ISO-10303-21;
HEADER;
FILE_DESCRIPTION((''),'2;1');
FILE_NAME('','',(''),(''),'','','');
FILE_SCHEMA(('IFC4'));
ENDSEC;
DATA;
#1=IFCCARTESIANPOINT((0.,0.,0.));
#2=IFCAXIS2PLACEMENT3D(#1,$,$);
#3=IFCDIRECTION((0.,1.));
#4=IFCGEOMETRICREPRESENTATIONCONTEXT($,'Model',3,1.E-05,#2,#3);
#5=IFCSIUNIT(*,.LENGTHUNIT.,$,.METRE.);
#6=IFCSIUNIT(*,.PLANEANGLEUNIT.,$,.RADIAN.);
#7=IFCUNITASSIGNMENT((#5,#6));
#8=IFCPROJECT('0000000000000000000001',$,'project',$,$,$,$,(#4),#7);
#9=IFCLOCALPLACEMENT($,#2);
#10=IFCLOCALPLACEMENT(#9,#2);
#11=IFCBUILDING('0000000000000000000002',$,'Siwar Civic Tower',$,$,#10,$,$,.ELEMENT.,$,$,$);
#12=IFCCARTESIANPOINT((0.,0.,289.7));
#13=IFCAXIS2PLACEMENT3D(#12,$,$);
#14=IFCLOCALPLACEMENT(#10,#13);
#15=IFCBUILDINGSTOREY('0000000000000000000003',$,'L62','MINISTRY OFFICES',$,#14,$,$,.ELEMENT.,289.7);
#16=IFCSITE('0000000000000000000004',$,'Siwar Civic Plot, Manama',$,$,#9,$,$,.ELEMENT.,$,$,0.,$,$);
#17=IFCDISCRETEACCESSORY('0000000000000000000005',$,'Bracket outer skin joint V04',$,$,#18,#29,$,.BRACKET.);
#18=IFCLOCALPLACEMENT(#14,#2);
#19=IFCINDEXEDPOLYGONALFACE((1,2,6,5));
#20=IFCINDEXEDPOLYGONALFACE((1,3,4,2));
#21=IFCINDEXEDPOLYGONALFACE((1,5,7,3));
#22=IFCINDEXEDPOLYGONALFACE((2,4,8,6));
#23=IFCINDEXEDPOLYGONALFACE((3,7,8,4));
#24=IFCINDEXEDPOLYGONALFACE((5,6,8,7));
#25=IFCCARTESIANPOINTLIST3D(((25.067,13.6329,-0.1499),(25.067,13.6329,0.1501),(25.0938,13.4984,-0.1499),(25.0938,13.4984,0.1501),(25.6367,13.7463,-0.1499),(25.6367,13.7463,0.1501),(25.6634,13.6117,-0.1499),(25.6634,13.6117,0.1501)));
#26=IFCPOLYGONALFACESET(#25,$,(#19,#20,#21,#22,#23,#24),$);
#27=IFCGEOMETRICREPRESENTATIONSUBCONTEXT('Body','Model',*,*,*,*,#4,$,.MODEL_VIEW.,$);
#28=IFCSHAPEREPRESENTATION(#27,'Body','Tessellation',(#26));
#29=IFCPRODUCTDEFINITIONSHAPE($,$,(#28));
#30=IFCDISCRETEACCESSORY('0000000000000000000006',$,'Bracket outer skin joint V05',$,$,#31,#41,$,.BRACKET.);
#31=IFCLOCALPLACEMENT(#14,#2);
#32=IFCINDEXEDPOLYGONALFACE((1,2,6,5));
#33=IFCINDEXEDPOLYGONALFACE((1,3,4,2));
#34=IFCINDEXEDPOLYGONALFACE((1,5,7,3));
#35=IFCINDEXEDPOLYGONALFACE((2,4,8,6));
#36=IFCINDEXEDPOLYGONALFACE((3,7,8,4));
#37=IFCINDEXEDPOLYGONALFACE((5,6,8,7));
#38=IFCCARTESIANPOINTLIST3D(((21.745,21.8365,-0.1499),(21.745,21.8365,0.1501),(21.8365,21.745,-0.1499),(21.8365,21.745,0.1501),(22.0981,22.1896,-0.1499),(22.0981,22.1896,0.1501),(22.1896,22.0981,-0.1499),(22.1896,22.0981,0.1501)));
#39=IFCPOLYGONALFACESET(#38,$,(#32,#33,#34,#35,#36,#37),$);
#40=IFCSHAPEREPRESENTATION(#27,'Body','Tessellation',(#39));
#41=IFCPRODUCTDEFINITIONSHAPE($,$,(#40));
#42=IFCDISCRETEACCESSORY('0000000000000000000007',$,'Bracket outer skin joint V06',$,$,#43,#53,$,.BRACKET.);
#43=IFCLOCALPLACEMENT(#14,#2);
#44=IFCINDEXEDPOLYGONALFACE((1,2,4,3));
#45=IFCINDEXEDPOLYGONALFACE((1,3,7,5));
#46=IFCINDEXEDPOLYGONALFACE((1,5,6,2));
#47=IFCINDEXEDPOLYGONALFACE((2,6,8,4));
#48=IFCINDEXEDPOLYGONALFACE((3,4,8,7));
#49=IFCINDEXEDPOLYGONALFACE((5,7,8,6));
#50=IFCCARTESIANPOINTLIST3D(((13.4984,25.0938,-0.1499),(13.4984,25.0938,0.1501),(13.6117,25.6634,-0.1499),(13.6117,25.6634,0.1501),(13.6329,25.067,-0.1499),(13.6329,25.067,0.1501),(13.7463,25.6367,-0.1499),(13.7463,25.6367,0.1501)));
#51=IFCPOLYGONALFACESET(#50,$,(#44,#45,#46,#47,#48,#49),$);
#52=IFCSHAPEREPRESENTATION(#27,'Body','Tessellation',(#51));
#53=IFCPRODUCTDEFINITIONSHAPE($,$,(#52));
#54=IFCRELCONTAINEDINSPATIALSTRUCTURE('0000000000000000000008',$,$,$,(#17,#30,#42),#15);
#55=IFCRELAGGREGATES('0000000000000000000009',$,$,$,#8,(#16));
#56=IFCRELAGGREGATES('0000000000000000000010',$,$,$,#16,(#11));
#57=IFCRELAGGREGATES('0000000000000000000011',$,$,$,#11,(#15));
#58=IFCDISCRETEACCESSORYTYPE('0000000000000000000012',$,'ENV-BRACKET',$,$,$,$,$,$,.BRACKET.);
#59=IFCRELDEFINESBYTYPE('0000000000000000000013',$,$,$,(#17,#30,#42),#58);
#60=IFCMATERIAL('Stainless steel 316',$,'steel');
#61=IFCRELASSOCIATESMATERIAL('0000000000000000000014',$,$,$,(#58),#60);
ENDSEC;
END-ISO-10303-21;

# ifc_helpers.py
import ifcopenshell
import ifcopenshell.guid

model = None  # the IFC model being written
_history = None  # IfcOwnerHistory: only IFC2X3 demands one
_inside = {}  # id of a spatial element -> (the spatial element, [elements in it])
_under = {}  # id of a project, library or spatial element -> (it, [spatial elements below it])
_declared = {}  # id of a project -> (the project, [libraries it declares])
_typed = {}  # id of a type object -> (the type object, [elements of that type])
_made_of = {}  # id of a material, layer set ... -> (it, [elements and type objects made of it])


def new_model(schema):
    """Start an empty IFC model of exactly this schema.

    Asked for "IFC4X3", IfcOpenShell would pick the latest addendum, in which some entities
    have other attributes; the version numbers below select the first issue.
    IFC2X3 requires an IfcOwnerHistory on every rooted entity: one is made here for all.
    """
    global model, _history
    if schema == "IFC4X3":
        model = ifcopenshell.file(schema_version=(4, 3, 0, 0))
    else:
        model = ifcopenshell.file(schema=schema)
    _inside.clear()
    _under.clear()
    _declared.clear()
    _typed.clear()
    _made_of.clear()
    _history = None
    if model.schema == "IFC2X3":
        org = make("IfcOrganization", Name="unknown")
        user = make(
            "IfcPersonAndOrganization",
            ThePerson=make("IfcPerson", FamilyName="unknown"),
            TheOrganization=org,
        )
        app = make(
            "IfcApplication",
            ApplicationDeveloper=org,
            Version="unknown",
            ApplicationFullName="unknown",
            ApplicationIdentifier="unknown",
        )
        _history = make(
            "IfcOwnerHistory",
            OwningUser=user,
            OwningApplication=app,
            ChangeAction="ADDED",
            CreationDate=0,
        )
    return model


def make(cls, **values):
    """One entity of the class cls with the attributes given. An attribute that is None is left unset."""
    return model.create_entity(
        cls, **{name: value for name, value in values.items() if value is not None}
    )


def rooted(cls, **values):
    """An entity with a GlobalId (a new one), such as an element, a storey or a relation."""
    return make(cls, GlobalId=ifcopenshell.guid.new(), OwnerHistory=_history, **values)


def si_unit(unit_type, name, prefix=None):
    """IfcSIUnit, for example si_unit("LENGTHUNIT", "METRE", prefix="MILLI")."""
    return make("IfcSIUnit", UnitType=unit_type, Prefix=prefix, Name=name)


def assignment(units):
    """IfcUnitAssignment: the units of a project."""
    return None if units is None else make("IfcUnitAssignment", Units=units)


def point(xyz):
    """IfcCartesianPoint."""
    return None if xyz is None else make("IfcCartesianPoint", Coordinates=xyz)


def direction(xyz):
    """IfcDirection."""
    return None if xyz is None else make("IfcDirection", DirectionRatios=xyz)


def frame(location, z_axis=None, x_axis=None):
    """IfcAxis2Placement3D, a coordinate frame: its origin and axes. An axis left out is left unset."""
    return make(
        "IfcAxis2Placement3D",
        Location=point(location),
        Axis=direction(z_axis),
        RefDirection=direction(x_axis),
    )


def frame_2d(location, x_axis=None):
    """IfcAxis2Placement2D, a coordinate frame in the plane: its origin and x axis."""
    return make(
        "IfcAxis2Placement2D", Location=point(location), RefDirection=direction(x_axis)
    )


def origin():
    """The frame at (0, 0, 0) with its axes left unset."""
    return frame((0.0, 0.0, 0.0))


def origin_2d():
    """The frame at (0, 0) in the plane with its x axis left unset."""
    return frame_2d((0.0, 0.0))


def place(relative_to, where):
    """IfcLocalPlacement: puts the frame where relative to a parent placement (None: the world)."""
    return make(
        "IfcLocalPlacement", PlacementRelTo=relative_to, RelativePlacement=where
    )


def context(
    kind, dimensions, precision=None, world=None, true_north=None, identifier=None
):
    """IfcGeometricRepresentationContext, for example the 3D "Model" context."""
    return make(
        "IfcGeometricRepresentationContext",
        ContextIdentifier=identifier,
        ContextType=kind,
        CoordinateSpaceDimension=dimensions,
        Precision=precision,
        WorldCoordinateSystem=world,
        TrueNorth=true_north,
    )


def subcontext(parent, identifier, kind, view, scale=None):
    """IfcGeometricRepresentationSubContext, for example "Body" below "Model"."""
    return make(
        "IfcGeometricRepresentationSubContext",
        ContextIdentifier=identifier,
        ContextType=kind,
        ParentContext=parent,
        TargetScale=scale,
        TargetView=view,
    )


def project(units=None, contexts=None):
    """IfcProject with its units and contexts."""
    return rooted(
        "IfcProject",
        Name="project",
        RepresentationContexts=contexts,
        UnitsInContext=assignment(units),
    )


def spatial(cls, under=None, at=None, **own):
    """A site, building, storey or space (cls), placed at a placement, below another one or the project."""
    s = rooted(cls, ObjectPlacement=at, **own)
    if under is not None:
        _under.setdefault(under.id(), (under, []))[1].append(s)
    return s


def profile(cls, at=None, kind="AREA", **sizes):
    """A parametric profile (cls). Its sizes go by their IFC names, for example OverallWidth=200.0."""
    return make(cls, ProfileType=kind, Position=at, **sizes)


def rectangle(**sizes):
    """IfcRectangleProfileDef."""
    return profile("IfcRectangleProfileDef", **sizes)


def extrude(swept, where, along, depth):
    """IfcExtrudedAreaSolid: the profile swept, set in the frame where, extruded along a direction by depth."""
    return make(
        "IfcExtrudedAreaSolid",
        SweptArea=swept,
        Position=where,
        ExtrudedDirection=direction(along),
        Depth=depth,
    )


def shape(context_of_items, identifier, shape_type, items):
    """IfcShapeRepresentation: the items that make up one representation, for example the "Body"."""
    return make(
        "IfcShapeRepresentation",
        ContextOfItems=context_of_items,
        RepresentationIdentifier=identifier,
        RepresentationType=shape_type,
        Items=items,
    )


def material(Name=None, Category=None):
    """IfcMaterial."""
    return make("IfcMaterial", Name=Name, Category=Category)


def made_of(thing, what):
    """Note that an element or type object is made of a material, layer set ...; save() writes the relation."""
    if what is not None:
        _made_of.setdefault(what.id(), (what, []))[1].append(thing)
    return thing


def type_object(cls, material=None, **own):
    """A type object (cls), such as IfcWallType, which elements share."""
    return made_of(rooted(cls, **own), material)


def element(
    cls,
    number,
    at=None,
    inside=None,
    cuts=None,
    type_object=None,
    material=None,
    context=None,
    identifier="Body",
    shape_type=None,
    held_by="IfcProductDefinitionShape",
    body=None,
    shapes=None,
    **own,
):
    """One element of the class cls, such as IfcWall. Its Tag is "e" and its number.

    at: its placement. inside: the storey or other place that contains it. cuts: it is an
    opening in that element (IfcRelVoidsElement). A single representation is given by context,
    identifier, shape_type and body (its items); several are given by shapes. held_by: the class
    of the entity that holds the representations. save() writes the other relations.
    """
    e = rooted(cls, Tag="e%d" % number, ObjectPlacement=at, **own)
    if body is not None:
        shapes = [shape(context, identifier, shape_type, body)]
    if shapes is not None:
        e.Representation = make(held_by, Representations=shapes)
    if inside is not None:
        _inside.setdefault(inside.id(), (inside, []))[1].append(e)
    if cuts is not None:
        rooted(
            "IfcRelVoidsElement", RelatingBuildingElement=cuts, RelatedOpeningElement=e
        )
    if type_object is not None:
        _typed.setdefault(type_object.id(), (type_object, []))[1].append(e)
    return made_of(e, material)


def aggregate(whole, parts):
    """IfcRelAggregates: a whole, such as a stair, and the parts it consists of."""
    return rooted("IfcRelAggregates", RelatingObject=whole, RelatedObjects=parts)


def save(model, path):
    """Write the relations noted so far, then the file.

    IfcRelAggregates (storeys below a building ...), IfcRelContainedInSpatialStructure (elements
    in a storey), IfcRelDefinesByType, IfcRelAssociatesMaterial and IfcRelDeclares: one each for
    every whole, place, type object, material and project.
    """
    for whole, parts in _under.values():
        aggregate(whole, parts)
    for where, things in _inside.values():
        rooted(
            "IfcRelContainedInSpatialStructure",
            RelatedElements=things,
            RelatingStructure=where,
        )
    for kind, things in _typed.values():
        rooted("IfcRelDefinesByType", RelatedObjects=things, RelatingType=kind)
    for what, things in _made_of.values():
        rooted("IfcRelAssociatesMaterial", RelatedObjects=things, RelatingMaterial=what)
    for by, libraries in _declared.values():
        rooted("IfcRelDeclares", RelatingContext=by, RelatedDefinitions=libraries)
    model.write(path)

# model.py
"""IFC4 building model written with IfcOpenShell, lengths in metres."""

from ifc_helpers import new_model, si_unit, direction, frame, origin, origin_2d, place, context, subcontext, project, spatial, rectangle, extrude, material, type_object, element, save


model = new_model("IFC4")

# Units and contexts
model_context = context("Model", 3, precision=1e-05, world=origin(), true_north=direction((0.0, 1.0)))
body_context = subcontext(model_context, "Body", "Model", "MODEL_VIEW")
ifc_project = project(units=[si_unit("LENGTHUNIT", "METRE"), si_unit("PLANEANGLEUNIT", "RADIAN")], contexts=[model_context])

# Site, building, storey
site_placement = place(None, origin())
site = spatial("IfcSite", under=ifc_project, at=site_placement, Name="Siwar Civic Plot, Manama", CompositionType="ELEMENT", RefElevation=0.0)
building_placement = place(site_placement, origin())
building = spatial("IfcBuilding", under=site, at=building_placement, Name="Siwar Civic Tower", CompositionType="ELEMENT")
storey_placement = place(building_placement, frame((0.0, 0.0, 289.7)))
storey = spatial("IfcBuildingStorey", under=building, at=storey_placement, Name="L62", Description="MINISTRY OFFICES", CompositionType="ELEMENT", Elevation=289.7)

# Discrete accessories
ifc_material_1 = material(Name="Stainless steel 316", Category="steel")
discrete_accessory_type = type_object("IfcDiscreteAccessoryType", Name="ENV-BRACKET", PredefinedType="BRACKET", material=ifc_material_1)
discrete_accessory_1_placement = place(storey_placement, frame((25.3652, 13.6223, -0.1499), z_axis=(0.0, 0.0, 1.0), x_axis=(0.980785, 0.19509, 0.0)))
element("IfcDiscreteAccessory", 1, at=discrete_accessory_1_placement, inside=storey, type_object=discrete_accessory_type, Name="Bracket outer skin joint V04", PredefinedType="BRACKET", context=body_context, shape_type="SweptSolid", body=[
    extrude(rectangle(XDim=0.5808, YDim=0.1372, at=origin_2d()), origin(), (0.0, 0.0, 1.0), 0.3),
])
discrete_accessory_2_placement = place(storey_placement, frame((21.9673, 21.9673, -0.1499), z_axis=(0.0, 0.0, 1.0), x_axis=(0.707107, 0.707107, 0.0)))
element("IfcDiscreteAccessory", 2, at=discrete_accessory_2_placement, inside=storey, type_object=discrete_accessory_type, Name="Bracket outer skin joint V05", PredefinedType="BRACKET", context=body_context, shape_type="SweptSolid", body=[
    extrude(rectangle(XDim=0.4993, YDim=0.1294, at=origin_2d()), origin(), (0.0, 0.0, 1.0), 0.3),
])
discrete_accessory_3_placement = place(storey_placement, frame((13.6223, 25.3652, -0.1499), z_axis=(0.0, 0.0, 1.0), x_axis=(0.19509, 0.980785, 0.0)))
element("IfcDiscreteAccessory", 3, at=discrete_accessory_3_placement, inside=storey, type_object=discrete_accessory_type, Name="Bracket outer skin joint V06", PredefinedType="BRACKET", context=body_context, shape_type="SweptSolid", body=[
    extrude(rectangle(XDim=0.5808, YDim=0.1372, at=origin_2d()), origin(), (0.0, 0.0, 1.0), 0.3),
])

save(model, "model.ifc")
